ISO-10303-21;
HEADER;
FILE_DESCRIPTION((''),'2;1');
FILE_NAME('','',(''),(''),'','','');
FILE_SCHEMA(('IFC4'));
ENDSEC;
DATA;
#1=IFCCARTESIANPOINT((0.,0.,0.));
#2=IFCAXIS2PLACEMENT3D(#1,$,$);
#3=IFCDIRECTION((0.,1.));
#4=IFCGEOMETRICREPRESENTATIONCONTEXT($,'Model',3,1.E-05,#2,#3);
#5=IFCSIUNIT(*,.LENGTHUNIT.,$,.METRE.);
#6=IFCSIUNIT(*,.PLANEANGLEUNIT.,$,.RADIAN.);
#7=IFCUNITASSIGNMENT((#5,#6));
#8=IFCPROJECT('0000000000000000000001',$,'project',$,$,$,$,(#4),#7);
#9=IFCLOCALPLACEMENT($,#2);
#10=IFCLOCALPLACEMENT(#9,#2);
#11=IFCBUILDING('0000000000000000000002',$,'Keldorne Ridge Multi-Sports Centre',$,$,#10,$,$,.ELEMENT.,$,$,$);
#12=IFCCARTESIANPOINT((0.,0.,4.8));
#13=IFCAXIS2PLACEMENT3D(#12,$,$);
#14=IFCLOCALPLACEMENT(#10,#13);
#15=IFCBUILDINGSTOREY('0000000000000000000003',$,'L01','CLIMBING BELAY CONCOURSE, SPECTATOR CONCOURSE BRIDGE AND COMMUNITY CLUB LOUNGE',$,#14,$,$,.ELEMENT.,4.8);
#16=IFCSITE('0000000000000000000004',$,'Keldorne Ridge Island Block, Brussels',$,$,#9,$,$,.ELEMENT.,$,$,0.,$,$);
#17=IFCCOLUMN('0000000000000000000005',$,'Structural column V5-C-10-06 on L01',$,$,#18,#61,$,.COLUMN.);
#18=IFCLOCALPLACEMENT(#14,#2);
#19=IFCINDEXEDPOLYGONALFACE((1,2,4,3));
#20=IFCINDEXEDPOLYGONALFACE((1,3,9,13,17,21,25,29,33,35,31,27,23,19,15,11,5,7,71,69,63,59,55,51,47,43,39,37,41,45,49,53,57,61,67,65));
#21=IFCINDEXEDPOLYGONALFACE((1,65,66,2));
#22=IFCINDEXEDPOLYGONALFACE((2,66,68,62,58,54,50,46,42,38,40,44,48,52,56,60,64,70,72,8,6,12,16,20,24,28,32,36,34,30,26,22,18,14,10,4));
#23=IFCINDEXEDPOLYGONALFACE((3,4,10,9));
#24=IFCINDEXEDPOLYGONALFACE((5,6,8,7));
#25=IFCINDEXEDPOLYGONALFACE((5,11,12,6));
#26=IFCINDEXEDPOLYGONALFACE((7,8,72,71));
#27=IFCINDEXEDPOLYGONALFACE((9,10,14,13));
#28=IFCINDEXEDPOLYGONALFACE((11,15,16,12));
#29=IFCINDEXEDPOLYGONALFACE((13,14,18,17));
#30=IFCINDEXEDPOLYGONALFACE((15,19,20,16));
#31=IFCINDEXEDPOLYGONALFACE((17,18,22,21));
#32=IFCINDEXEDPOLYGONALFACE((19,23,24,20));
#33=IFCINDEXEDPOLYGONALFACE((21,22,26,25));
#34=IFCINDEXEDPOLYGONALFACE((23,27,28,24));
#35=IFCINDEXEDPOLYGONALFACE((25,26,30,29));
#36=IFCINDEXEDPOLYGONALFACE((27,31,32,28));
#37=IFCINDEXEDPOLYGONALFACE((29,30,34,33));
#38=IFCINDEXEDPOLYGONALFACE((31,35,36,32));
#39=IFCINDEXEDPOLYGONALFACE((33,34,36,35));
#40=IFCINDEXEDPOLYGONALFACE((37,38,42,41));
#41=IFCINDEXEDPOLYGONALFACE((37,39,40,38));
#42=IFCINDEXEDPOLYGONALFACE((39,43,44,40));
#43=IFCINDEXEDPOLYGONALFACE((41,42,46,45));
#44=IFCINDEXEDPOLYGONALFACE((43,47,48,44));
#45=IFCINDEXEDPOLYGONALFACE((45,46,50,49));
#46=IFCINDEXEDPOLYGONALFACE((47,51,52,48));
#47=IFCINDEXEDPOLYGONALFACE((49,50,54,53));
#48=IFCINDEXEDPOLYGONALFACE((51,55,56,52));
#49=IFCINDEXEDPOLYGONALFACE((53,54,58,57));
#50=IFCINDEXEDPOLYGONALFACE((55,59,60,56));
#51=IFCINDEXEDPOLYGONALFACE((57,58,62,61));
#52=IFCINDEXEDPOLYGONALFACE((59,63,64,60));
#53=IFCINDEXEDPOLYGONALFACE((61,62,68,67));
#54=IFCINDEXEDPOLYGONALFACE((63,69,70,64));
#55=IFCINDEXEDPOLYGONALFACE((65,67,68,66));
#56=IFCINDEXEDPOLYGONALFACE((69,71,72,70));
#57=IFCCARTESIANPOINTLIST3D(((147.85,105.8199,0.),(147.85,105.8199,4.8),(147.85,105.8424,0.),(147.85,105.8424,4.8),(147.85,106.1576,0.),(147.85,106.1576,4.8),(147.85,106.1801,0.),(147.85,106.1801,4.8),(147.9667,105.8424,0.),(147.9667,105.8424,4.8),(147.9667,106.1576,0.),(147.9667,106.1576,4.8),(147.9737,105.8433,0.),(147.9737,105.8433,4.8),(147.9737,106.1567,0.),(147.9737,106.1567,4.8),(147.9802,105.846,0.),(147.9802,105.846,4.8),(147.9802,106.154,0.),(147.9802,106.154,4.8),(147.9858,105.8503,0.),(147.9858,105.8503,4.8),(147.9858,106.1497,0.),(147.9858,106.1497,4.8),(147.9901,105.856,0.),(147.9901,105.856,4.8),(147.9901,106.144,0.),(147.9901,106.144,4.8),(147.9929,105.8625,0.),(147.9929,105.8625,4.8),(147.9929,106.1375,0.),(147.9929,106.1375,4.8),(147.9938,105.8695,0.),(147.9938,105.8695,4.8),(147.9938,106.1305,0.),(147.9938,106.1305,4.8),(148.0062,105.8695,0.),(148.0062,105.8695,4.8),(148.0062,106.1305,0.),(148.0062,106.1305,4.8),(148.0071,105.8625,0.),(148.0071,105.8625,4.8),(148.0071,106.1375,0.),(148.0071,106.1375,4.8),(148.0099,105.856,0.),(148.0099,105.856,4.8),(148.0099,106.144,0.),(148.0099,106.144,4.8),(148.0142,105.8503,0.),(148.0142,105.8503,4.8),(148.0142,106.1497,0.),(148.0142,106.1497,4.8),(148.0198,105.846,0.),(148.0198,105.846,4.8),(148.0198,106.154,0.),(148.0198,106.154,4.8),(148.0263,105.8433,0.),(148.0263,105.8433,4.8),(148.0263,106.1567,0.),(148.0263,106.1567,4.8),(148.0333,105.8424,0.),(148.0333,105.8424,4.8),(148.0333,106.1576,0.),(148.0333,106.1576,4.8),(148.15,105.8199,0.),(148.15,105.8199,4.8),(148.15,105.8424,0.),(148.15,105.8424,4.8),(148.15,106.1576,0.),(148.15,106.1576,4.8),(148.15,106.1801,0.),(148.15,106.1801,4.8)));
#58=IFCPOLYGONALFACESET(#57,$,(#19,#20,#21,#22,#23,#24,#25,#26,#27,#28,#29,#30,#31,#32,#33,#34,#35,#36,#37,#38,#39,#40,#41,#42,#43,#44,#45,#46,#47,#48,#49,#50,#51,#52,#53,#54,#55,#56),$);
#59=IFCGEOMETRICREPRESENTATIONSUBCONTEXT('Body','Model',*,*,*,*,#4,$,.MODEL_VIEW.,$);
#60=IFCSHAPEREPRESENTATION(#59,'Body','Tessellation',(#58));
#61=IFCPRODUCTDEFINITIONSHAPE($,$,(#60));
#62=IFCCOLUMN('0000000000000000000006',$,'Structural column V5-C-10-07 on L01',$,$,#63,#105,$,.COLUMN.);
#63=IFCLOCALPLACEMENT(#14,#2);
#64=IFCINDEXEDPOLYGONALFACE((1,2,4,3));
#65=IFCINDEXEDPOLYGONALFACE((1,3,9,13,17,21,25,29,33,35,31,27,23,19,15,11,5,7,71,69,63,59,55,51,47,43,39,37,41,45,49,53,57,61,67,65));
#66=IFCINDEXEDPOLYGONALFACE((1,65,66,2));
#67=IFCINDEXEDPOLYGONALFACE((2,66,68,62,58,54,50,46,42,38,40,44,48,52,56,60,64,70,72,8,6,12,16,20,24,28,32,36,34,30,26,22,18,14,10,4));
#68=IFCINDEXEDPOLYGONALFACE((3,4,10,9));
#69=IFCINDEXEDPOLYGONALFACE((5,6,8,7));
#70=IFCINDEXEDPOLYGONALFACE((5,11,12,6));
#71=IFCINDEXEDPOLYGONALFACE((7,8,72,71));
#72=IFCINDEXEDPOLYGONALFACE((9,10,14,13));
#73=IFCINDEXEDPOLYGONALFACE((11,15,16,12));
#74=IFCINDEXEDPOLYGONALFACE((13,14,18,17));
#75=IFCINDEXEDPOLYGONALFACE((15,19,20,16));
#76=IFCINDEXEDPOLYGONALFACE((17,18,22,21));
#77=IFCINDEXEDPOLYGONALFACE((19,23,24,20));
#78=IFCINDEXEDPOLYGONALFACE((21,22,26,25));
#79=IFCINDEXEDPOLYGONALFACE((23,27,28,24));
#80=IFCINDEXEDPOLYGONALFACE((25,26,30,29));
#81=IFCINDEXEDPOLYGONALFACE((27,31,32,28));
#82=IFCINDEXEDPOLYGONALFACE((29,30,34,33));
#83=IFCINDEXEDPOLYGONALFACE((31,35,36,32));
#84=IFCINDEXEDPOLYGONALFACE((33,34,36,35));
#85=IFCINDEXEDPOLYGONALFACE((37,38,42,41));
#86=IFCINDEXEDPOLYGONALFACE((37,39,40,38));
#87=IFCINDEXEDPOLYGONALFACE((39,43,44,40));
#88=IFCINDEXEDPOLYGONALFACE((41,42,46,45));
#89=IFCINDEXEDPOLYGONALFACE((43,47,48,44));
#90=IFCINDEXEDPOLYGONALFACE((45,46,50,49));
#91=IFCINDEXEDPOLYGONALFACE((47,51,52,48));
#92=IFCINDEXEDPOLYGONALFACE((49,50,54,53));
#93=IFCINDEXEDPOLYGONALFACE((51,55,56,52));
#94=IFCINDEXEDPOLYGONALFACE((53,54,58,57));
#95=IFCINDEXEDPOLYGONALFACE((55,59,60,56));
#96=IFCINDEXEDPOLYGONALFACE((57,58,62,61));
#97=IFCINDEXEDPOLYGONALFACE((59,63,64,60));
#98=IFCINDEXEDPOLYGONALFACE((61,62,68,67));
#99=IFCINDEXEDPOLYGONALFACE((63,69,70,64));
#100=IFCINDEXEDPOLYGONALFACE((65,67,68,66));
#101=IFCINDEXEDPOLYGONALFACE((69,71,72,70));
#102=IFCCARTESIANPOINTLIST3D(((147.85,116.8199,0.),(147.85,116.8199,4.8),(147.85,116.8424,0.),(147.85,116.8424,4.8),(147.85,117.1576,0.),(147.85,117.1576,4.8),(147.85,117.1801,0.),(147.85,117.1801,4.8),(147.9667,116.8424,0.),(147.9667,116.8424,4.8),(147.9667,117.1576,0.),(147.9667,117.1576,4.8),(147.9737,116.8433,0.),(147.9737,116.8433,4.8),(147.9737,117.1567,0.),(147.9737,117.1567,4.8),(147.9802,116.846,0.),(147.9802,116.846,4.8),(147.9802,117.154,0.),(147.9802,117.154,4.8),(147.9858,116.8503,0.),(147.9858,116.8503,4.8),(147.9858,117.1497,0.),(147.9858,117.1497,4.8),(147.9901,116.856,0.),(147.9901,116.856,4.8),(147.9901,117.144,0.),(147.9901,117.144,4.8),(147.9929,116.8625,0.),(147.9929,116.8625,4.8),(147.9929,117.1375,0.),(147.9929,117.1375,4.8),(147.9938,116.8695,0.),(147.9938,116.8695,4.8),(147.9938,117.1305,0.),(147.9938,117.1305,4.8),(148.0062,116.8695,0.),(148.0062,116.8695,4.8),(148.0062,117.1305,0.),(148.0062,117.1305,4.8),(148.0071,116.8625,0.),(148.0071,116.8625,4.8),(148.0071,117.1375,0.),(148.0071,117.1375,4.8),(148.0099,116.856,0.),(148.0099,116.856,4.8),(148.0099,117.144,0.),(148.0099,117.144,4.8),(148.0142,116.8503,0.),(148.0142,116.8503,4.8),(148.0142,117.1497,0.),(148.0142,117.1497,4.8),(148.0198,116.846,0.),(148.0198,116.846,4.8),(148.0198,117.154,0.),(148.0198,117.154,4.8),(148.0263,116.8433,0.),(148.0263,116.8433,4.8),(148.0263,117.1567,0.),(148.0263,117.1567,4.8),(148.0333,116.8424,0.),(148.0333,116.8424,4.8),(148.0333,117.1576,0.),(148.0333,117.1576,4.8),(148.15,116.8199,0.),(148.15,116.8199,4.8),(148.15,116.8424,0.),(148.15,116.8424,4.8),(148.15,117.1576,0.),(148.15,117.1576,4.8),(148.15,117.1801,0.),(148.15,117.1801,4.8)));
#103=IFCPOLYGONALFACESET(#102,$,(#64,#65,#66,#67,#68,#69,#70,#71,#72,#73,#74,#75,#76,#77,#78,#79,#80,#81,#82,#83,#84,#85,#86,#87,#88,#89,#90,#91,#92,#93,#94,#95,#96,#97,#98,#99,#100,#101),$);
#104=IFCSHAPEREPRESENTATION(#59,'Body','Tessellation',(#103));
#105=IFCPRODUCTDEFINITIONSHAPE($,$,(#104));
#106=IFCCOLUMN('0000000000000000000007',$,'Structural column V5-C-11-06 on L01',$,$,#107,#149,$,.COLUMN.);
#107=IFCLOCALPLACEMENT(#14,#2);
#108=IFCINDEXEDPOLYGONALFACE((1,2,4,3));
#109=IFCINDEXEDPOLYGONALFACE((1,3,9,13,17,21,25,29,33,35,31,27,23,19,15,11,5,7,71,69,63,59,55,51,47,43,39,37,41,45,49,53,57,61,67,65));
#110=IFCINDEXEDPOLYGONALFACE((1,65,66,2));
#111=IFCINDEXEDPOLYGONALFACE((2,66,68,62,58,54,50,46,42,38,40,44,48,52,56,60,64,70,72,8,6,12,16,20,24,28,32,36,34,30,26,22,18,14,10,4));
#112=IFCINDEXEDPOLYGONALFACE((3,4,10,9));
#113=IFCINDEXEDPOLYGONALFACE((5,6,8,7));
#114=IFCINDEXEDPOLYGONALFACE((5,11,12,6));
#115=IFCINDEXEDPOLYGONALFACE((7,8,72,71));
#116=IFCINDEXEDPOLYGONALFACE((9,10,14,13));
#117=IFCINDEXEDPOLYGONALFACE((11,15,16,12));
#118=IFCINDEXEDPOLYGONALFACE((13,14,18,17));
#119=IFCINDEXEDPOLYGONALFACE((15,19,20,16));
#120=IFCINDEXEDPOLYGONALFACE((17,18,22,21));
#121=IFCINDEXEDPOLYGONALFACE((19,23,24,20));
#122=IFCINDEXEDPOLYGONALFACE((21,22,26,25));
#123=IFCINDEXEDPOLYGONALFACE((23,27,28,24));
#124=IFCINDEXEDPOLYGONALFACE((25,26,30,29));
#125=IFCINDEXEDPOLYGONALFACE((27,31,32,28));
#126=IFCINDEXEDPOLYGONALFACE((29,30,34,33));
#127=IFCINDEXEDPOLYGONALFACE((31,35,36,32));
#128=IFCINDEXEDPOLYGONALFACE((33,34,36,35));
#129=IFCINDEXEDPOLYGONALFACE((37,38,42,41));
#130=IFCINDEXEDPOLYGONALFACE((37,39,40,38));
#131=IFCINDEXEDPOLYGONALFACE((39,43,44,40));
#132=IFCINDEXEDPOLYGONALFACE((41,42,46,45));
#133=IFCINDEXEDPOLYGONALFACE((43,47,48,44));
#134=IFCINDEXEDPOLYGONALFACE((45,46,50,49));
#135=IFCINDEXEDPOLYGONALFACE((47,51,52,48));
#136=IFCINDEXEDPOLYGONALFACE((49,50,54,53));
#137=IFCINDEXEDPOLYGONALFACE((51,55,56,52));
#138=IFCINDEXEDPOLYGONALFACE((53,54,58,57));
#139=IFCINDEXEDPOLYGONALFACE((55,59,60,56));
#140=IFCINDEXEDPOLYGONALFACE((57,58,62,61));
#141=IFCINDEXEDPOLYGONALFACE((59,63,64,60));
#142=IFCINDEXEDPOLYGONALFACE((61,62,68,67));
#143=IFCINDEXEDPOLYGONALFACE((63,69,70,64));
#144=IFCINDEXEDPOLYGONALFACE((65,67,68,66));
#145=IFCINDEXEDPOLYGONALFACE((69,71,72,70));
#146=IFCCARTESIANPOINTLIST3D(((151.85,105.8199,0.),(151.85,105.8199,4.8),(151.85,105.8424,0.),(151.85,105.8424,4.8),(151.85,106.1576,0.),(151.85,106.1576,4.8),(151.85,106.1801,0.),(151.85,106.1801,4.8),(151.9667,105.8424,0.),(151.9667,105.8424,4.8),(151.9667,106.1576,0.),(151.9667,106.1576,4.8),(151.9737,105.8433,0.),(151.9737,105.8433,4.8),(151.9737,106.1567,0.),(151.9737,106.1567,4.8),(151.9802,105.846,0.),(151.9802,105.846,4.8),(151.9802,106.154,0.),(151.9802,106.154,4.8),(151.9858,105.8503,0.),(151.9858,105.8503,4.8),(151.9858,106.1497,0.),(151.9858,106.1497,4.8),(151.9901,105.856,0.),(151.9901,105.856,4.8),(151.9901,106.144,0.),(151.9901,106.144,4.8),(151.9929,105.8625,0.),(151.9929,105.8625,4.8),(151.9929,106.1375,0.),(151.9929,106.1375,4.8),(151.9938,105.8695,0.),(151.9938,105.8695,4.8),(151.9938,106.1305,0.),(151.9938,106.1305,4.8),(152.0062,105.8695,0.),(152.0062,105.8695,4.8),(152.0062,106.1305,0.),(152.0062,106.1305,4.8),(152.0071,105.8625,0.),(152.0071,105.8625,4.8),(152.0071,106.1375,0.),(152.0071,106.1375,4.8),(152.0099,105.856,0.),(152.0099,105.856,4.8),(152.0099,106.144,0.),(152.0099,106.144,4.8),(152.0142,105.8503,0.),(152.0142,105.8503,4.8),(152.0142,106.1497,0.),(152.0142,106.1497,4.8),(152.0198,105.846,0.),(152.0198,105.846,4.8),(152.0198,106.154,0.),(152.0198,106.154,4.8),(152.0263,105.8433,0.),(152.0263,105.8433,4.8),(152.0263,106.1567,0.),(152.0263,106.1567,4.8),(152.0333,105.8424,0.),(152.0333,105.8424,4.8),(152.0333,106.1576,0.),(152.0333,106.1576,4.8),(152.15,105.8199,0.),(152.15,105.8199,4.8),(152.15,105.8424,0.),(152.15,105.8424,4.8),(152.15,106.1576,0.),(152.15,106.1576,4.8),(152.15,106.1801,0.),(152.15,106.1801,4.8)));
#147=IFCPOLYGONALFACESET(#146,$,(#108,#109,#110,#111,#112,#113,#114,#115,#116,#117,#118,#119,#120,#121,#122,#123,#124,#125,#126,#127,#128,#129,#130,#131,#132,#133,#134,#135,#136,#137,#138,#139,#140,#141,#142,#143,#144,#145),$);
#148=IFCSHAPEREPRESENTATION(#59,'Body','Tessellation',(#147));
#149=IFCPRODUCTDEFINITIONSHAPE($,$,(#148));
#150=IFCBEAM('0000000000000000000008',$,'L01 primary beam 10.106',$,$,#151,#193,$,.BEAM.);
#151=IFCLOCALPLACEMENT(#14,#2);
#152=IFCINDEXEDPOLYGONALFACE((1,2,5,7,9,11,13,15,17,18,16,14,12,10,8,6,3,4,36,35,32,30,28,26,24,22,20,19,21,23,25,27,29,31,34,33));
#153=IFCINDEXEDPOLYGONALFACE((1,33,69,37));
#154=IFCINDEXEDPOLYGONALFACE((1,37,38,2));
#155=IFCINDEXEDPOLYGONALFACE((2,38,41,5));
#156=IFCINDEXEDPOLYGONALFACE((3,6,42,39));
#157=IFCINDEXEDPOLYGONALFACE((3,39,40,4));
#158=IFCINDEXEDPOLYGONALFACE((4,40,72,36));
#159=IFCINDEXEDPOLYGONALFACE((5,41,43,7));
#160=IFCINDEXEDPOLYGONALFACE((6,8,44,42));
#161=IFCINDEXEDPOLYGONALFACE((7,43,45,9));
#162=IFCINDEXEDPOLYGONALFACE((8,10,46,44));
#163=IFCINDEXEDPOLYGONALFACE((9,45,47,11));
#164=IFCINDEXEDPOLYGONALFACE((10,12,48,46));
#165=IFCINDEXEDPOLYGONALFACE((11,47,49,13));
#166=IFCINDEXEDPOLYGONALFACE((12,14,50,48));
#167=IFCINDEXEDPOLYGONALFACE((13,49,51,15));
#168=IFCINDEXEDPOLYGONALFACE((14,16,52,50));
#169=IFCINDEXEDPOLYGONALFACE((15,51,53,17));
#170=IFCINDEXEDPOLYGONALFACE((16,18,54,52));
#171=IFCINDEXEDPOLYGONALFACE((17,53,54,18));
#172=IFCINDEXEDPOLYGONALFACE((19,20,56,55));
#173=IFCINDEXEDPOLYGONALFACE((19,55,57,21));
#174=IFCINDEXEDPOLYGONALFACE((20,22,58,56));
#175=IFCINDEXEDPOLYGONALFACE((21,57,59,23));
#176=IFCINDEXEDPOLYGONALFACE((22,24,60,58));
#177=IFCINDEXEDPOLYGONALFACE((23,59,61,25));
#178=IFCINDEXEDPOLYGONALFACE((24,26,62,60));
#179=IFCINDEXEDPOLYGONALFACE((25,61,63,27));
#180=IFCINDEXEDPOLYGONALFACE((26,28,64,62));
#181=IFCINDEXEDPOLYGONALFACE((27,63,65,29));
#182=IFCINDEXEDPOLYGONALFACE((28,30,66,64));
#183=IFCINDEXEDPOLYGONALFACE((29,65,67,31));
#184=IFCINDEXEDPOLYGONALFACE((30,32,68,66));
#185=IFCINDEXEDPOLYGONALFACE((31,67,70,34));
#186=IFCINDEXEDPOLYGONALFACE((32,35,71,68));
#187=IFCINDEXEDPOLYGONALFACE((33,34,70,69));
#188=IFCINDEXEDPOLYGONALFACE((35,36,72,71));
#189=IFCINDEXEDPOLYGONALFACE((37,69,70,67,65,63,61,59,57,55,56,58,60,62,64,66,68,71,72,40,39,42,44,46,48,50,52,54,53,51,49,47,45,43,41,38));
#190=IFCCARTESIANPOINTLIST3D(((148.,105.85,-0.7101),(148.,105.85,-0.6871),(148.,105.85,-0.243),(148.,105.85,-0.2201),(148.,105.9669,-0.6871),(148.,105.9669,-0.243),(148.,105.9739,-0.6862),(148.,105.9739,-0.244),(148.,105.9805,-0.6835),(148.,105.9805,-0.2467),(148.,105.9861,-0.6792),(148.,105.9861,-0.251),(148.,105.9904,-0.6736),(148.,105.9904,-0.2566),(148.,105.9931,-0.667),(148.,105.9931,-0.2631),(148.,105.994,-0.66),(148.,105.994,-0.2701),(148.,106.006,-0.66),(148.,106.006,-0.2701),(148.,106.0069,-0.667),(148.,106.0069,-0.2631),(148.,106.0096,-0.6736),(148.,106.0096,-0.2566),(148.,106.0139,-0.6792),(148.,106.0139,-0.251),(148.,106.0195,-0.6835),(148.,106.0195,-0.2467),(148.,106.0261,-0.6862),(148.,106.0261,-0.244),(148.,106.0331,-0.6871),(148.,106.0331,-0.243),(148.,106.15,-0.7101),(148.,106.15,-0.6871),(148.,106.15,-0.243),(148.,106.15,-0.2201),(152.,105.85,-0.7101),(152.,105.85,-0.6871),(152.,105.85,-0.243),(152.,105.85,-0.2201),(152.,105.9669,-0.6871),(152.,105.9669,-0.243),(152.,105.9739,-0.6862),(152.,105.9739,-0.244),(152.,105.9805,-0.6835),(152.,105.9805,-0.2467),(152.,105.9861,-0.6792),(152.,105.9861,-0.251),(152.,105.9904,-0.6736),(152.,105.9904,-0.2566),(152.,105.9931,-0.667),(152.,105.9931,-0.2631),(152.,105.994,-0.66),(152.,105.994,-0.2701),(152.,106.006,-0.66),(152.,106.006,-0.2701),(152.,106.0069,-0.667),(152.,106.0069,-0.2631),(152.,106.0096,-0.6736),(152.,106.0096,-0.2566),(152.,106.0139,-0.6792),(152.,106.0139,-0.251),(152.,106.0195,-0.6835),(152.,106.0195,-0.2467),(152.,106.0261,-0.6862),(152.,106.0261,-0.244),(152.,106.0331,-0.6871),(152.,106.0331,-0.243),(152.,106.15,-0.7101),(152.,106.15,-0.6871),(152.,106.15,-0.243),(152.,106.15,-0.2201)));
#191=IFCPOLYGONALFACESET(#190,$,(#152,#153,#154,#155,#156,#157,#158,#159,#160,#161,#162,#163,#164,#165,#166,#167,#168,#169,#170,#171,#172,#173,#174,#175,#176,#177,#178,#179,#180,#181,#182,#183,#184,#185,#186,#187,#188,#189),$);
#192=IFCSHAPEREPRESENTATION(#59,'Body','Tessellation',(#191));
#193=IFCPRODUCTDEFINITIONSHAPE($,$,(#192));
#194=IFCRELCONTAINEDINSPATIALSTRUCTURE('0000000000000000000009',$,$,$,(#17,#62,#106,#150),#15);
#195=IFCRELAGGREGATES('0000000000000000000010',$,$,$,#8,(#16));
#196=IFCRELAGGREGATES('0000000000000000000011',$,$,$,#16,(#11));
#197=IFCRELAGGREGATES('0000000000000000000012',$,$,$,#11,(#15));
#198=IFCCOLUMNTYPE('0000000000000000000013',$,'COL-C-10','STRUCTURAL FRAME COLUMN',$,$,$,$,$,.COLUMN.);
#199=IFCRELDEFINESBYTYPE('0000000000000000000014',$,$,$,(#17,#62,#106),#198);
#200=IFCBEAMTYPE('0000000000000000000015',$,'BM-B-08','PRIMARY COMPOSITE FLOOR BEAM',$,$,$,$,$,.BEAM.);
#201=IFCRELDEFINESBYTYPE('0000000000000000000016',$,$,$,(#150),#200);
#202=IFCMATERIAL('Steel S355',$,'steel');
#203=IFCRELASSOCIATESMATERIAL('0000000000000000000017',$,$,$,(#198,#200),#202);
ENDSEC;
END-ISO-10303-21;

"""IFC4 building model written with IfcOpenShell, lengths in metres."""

from ifc_helpers import new_model, si_unit, direction, frame, origin, origin_2d, place, context, subcontext, project, spatial, i_section, extrude, material, material_profile, profile_set, type_object, element, save


model = new_model("IFC4")

# Units and contexts
model_context = context("Model", 3, precision=1e-05, world=origin(), true_north=direction((0.0, 1.0)))
body_context = subcontext(model_context, "Body", "Model", "MODEL_VIEW")
ifc_project = project(units=[si_unit("LENGTHUNIT", "METRE"), si_unit("PLANEANGLEUNIT", "RADIAN")], contexts=[model_context])

# Site, building, storey
site_placement = place(None, origin())
site = spatial("IfcSite", under=ifc_project, at=site_placement, Name="Keldorne Ridge Island Block, Brussels", CompositionType="ELEMENT", RefElevation=0.0)
building_placement = place(site_placement, origin())
building = spatial("IfcBuilding", under=site, at=building_placement, Name="Keldorne Ridge Multi-Sports Centre", CompositionType="ELEMENT")
storey_placement = place(building_placement, frame((0.0, 0.0, 4.8)))
storey = spatial("IfcBuildingStorey", under=building, at=storey_placement, Name="L01", Description="CLIMBING BELAY CONCOURSE, SPECTATOR CONCOURSE BRIDGE AND COMMUNITY CLUB LOUNGE", CompositionType="ELEMENT", Elevation=4.8)

# Columns
ifc_material_1 = material(Name="Steel S355", Category="steel")
ifc_material_profile_1 = material_profile(ifc_material_1, i_section(OverallWidth=0.3, OverallDepth=0.3601, WebThickness=0.0125, FlangeThickness=0.0225, FilletRadius=0.0271, at=origin_2d()), Name="HEB 360")
ifc_profile_set_1 = profile_set([ifc_material_profile_1], Name="Steel S355")
column_type = type_object("IfcColumnType", Name="COL-C-10", Description="STRUCTURAL FRAME COLUMN", PredefinedType="COLUMN", material=ifc_profile_set_1)
for number, where, z_axis, x_axis, name in (
    (1, (148.0, 106.0, 0.0), (0.0, 0.0, 1.0), (1.0, 0.0, 0.0), "Structural column V5-C-10-06 on L01"),
    (2, (148.0, 117.0, 0.0), (0.0, 0.0, 1.0), (1.0, 0.0, 0.0), "Structural column V5-C-10-07 on L01"),
    (3, (152.0, 106.0, 0.0), (0.0, 0.0, 1.0), (1.0, 0.0, 0.0), "Structural column V5-C-11-06 on L01"),
):
    element("IfcColumn", number, at=place(storey_placement, frame(where, z_axis=z_axis, x_axis=x_axis)), inside=storey, type_object=column_type, Name=name, PredefinedType="COLUMN", context=body_context, shape_type="SweptSolid", body=[
        extrude(i_section(OverallWidth=0.3, OverallDepth=0.3601, WebThickness=0.0125, FlangeThickness=0.0225, FilletRadius=0.0271, at=origin_2d()), origin(), (0.0, 0.0, 1.0), 4.8),
    ])

# Beam
ifc_material_profile_2 = material_profile(ifc_material_1, i_section(OverallWidth=0.3, OverallDepth=0.49, WebThickness=0.012, FlangeThickness=0.0229, FilletRadius=0.0271, at=origin_2d()), Name="HEA 500")
ifc_profile_set_2 = profile_set([ifc_material_profile_2], Name="Steel S355")
beam_type_1 = type_object("IfcBeamType", Name="BM-B-08", Description="PRIMARY COMPOSITE FLOOR BEAM", PredefinedType="BEAM", material=ifc_profile_set_2)
beam_1_placement = place(storey_placement, frame((148.0, 106.0, -0.4651), z_axis=(1.0, 0.0, 0.0), x_axis=(0.0, 1.0, 0.0)))
element("IfcBeam", 4, at=beam_1_placement, inside=storey, type_object=beam_type_1, Name="L01 primary beam 10.106", PredefinedType="BEAM", context=body_context, shape_type="SweptSolid", body=[
    extrude(i_section(OverallWidth=0.3, OverallDepth=0.49, WebThickness=0.012, FlangeThickness=0.0229, FilletRadius=0.0271, at=origin_2d()), origin(), (0.0, 0.0, 1.0), 4.0),
])

save(model, "model.ifc")
